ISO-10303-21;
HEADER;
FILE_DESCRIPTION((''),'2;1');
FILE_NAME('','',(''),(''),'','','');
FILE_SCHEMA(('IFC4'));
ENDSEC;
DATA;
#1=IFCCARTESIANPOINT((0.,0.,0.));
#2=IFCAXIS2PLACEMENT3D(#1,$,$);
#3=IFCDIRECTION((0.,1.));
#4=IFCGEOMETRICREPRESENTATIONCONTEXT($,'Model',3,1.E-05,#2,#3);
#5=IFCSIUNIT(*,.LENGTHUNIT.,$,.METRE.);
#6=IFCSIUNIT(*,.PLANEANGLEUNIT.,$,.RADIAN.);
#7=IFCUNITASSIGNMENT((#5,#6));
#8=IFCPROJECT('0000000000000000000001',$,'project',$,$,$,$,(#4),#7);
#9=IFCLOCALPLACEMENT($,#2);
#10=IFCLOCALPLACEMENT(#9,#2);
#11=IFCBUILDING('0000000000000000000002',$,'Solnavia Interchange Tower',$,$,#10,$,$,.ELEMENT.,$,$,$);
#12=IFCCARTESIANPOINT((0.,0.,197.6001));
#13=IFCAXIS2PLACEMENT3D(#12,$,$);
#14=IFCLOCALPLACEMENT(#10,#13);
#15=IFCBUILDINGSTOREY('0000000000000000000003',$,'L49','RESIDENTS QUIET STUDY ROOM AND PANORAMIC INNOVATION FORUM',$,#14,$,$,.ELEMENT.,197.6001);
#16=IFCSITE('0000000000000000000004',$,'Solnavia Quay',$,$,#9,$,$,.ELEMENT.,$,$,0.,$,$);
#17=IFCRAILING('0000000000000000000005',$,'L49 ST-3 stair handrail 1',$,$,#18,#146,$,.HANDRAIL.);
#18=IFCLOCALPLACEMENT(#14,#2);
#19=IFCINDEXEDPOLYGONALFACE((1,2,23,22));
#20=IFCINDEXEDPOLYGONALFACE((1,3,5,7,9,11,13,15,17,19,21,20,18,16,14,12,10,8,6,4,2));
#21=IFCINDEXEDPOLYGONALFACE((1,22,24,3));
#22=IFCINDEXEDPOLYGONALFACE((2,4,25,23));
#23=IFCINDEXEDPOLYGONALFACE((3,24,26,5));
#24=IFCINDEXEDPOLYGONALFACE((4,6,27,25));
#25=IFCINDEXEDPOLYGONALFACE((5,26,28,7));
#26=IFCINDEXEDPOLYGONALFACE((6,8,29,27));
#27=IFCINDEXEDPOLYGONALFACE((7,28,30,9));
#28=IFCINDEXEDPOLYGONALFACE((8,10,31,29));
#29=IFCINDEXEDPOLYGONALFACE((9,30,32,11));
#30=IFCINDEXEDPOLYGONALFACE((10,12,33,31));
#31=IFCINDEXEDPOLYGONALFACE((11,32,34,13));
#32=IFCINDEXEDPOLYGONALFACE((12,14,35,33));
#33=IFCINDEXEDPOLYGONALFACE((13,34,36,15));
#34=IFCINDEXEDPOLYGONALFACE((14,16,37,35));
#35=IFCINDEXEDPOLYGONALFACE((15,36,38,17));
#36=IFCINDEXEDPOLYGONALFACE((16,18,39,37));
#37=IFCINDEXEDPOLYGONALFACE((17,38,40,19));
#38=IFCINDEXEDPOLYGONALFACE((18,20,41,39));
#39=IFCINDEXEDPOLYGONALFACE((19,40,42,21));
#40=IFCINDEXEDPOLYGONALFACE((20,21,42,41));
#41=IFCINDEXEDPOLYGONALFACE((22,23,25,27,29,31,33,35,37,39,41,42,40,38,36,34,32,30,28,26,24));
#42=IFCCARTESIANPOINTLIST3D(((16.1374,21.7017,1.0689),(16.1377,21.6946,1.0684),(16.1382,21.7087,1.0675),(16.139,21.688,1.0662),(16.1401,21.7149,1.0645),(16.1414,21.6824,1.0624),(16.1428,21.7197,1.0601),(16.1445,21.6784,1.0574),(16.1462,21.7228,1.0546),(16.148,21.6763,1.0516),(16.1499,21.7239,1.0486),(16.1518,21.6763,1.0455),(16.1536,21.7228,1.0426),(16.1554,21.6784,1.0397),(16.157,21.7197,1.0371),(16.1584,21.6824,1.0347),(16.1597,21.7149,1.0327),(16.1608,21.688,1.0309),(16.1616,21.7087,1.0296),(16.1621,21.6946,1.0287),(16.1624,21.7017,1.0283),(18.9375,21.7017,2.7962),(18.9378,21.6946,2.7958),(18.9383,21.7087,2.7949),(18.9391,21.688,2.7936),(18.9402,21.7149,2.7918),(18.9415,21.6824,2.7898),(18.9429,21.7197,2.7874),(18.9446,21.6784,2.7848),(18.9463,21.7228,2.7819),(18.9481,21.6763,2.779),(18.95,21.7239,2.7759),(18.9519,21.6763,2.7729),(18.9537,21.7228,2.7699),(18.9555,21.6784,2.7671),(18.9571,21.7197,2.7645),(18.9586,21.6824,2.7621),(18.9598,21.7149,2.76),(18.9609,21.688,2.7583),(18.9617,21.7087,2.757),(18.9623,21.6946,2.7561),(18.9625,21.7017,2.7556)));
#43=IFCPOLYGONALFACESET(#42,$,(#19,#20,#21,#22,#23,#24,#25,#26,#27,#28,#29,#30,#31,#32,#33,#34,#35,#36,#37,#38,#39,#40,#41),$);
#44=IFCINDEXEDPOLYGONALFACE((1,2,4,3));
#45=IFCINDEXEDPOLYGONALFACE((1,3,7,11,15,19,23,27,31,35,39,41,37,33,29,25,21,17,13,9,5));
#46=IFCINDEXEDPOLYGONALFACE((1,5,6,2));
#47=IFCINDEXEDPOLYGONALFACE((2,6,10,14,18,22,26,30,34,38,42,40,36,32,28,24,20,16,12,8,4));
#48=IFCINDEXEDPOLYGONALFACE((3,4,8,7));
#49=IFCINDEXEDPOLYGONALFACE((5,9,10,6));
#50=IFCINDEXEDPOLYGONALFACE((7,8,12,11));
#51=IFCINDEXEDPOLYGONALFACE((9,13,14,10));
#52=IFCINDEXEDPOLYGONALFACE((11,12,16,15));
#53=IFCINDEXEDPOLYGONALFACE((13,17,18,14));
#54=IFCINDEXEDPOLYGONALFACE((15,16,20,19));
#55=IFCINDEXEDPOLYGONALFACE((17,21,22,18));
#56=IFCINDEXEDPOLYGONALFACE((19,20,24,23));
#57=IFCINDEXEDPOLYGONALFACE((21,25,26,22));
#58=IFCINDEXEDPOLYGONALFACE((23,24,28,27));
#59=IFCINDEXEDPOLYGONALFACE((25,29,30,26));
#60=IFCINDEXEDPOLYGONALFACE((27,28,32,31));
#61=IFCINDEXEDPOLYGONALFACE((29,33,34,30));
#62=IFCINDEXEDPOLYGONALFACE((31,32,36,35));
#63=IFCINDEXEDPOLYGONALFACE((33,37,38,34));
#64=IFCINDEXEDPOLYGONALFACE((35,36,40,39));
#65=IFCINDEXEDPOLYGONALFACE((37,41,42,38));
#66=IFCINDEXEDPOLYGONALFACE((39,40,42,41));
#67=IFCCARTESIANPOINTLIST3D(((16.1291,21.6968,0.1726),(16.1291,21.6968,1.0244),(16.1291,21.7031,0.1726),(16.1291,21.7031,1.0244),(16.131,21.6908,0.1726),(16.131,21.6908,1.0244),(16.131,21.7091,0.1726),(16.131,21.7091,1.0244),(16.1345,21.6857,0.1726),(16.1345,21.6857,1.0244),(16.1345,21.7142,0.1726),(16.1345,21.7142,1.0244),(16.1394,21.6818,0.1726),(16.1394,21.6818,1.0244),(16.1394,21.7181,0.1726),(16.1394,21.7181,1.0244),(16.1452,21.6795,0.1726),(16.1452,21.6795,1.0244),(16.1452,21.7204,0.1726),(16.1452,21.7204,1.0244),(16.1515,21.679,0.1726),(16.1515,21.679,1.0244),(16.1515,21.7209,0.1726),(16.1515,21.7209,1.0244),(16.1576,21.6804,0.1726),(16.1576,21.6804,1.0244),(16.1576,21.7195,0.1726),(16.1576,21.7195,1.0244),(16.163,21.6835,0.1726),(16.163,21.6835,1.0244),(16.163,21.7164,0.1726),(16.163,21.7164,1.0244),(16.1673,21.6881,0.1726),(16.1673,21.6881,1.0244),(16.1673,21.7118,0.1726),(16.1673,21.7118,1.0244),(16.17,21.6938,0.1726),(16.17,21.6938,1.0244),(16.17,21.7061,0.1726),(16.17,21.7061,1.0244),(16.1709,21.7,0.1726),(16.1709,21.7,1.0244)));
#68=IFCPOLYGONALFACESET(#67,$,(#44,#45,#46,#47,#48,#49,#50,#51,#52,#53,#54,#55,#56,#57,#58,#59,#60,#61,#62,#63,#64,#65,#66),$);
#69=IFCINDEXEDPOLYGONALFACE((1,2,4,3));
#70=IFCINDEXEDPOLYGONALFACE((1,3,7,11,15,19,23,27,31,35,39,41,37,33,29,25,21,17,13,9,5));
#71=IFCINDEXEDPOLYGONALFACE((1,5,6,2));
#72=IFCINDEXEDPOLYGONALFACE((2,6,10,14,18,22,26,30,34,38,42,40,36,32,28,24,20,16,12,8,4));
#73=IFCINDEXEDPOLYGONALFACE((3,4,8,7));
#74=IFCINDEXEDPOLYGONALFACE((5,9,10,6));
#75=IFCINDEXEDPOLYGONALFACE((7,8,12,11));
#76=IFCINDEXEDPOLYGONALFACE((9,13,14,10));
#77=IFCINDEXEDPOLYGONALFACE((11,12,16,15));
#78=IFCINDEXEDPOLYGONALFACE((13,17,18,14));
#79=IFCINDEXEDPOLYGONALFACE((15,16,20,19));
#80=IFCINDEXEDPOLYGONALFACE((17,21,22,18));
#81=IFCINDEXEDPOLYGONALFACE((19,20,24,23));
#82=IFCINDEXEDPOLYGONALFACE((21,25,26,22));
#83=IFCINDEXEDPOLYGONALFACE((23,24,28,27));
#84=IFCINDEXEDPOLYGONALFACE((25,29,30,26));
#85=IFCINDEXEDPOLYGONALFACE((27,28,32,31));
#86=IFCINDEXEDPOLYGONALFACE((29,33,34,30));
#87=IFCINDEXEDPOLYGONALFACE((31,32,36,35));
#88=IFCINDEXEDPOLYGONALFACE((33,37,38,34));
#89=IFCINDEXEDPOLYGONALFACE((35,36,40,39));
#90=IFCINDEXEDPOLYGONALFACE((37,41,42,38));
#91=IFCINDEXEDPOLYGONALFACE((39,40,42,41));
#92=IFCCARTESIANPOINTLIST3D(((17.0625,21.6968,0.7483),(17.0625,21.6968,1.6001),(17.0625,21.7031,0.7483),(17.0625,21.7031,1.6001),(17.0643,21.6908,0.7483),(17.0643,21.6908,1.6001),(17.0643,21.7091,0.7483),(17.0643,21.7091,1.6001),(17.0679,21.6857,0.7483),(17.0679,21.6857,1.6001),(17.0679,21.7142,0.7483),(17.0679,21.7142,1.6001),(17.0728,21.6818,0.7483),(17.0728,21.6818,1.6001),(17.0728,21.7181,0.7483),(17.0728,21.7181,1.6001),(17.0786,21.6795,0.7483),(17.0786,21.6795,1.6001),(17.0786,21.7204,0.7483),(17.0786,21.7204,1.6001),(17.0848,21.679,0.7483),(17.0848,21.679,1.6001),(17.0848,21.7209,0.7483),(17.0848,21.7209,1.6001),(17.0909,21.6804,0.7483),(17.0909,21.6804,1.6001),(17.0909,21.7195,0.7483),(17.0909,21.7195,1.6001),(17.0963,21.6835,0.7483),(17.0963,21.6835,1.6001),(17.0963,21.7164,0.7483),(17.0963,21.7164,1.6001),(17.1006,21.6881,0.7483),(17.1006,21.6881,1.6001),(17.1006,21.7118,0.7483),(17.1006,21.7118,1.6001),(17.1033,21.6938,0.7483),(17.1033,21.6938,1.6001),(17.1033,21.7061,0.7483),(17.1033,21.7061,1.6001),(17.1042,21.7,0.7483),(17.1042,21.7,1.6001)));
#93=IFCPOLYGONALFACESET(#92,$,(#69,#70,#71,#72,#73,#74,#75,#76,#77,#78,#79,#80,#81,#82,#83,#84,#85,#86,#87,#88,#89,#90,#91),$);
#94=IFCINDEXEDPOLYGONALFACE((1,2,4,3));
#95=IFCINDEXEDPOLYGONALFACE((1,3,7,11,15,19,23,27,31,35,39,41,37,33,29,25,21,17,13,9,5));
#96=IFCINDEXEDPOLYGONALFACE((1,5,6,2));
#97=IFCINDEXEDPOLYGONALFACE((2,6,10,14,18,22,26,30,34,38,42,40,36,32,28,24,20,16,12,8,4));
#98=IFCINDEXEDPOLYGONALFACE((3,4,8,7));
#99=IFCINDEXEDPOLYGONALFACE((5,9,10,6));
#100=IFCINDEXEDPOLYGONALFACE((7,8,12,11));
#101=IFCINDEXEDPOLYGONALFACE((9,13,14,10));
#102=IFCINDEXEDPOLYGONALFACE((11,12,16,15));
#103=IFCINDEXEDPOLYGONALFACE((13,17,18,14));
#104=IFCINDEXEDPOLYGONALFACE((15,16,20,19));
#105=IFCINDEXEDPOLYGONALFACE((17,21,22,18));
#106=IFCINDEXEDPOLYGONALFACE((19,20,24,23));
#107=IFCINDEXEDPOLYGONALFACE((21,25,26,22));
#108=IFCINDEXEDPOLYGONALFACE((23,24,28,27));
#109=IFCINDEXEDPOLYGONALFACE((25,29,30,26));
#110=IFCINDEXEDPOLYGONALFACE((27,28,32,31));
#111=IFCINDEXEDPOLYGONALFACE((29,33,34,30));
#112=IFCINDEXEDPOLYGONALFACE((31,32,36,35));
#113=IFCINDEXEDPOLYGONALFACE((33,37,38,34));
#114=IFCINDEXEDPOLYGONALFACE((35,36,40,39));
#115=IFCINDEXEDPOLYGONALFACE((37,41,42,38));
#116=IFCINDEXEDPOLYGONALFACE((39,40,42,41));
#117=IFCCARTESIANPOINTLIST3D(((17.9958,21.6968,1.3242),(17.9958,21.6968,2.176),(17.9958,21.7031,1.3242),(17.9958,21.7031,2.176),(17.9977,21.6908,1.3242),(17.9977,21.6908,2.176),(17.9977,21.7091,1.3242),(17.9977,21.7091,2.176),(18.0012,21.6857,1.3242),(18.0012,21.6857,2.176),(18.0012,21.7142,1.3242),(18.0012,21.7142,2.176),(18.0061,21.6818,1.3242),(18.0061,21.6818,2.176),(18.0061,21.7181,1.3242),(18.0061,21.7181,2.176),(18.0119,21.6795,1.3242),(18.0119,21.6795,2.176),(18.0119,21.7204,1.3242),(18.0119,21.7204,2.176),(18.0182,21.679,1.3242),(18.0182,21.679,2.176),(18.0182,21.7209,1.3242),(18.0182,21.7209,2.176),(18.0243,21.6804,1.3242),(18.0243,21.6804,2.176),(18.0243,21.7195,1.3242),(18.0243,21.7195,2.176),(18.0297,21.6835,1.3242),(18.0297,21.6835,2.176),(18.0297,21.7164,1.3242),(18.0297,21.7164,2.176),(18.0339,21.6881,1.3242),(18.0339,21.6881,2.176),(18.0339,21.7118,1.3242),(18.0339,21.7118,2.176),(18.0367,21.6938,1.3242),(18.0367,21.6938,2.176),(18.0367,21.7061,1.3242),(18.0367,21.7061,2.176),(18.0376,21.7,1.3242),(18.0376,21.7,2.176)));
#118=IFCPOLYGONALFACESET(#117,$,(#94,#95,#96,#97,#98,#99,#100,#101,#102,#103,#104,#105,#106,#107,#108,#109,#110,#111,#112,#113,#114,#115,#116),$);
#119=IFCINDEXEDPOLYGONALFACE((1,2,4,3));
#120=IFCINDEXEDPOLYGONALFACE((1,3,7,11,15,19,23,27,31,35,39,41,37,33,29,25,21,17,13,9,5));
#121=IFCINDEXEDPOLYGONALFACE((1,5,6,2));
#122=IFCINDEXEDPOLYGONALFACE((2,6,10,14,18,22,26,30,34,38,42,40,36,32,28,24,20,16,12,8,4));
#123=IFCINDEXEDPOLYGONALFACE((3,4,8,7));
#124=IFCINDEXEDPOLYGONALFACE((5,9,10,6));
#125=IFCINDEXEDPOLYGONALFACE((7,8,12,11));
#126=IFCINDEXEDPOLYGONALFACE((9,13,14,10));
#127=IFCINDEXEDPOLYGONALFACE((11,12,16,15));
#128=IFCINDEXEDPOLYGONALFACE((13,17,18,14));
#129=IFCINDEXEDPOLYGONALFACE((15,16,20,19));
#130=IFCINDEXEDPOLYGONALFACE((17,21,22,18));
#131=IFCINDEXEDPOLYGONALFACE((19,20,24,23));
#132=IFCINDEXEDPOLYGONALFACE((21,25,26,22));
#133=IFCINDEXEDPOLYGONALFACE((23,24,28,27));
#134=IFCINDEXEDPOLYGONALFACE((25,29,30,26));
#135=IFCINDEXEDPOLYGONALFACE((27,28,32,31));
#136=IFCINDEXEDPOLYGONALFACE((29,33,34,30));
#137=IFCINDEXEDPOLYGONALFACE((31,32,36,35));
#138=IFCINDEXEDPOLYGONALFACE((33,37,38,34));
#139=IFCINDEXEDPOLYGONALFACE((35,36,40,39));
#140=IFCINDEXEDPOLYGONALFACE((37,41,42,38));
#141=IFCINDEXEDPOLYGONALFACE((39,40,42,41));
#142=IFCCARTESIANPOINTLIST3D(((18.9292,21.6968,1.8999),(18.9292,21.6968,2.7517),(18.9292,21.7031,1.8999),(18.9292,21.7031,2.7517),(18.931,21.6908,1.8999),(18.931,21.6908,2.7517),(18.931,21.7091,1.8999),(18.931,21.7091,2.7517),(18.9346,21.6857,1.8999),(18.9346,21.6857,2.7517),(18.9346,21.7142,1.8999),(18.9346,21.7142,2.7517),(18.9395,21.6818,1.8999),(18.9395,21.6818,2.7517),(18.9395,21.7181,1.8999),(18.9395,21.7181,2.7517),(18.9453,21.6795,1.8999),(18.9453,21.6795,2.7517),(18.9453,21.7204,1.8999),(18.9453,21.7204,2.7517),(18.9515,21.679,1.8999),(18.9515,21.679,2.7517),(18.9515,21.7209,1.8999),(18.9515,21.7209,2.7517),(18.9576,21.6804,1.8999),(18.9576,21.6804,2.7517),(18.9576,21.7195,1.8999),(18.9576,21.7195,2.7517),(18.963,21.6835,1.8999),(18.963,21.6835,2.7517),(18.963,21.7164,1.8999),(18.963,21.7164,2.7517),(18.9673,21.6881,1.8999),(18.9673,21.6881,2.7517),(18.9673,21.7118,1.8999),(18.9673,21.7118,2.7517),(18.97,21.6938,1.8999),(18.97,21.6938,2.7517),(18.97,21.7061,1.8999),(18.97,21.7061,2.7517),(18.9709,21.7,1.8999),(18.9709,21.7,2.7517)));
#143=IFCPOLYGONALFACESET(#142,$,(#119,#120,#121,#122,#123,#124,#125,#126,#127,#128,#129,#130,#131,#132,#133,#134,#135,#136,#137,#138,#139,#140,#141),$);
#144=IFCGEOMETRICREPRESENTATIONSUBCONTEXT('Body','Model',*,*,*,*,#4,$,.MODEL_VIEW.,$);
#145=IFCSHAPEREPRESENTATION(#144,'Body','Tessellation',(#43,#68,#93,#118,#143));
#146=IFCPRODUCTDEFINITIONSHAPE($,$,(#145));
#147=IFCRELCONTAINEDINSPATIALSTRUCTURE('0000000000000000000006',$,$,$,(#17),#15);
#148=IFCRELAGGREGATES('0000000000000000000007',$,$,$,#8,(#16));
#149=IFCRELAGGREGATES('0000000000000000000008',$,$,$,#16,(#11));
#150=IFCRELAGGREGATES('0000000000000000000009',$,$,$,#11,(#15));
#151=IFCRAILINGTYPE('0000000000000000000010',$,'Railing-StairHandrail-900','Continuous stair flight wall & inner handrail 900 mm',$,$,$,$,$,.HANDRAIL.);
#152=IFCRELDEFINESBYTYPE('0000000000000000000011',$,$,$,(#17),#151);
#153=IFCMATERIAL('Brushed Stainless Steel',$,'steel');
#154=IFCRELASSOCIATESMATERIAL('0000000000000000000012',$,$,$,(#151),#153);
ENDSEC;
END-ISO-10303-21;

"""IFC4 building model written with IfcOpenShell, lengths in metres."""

from ifc_helpers import new_model, si_unit, direction, frame, origin, origin_2d, place, context, subcontext, project, spatial, circle, extrude, material, type_object, element, save


model = new_model("IFC4")

# Units and contexts
model_context = context("Model", 3, precision=1e-05, world=origin(), true_north=direction((0.0, 1.0)))
body_context = subcontext(model_context, "Body", "Model", "MODEL_VIEW")
ifc_project = project(units=[si_unit("LENGTHUNIT", "METRE"), si_unit("PLANEANGLEUNIT", "RADIAN")], contexts=[model_context])

# Site, building, storey
site_placement = place(None, origin())
site = spatial("IfcSite", under=ifc_project, at=site_placement, Name="Solnavia Quay", CompositionType="ELEMENT", RefElevation=0.0)
building_placement = place(site_placement, origin())
building = spatial("IfcBuilding", under=site, at=building_placement, Name="Solnavia Interchange Tower", CompositionType="ELEMENT")
storey_placement = place(building_placement, frame((0.0, 0.0, 197.6001)))
storey = spatial("IfcBuildingStorey", under=building, at=storey_placement, Name="L49", Description="RESIDENTS QUIET STUDY ROOM AND PANORAMIC INNOVATION FORUM", CompositionType="ELEMENT", Elevation=197.6001)

# Railing
ifc_material_1 = material(Name="Brushed Stainless Steel", Category="steel")
railing_type_1 = type_object("IfcRailingType", Name="Railing-StairHandrail-900", Description="Continuous stair flight wall & inner handrail 900 mm", PredefinedType="HANDRAIL", material=ifc_material_1)
railing_1_placement = place(storey_placement, frame((16.1499, 21.7, 0.1726)))
element("IfcRailing", 1, at=railing_1_placement, inside=storey, type_object=railing_type_1, Name="L49 ST-3 stair handrail 1", PredefinedType="HANDRAIL", context=body_context, shape_type="SweptSolid", body=[
    extrude(circle(Radius=0.0239, at=origin_2d()), frame((0.0, 0.0, 0.876), z_axis=(0.85109, 0.0, 0.52502), x_axis=(0.0, 1.0, 0.0)), (0.0, 0.0, 1.0), 3.29),
    extrude(circle(Radius=0.021, at=origin_2d()), origin(), (0.0, 0.0, 1.0), 0.8518),
    extrude(circle(Radius=0.021, at=origin_2d()), frame((0.9333, 0.0, 0.5757)), (0.0, 0.0, 1.0), 0.8518),
    extrude(circle(Radius=0.021, at=origin_2d()), frame((1.8667, 0.0, 1.1516)), (0.0, 0.0, 1.0), 0.8518),
    extrude(circle(Radius=0.021, at=origin_2d()), frame((2.8, 0.0, 1.7273)), (0.0, 0.0, 1.0), 0.8518),
])

save(model, "model.ifc")
